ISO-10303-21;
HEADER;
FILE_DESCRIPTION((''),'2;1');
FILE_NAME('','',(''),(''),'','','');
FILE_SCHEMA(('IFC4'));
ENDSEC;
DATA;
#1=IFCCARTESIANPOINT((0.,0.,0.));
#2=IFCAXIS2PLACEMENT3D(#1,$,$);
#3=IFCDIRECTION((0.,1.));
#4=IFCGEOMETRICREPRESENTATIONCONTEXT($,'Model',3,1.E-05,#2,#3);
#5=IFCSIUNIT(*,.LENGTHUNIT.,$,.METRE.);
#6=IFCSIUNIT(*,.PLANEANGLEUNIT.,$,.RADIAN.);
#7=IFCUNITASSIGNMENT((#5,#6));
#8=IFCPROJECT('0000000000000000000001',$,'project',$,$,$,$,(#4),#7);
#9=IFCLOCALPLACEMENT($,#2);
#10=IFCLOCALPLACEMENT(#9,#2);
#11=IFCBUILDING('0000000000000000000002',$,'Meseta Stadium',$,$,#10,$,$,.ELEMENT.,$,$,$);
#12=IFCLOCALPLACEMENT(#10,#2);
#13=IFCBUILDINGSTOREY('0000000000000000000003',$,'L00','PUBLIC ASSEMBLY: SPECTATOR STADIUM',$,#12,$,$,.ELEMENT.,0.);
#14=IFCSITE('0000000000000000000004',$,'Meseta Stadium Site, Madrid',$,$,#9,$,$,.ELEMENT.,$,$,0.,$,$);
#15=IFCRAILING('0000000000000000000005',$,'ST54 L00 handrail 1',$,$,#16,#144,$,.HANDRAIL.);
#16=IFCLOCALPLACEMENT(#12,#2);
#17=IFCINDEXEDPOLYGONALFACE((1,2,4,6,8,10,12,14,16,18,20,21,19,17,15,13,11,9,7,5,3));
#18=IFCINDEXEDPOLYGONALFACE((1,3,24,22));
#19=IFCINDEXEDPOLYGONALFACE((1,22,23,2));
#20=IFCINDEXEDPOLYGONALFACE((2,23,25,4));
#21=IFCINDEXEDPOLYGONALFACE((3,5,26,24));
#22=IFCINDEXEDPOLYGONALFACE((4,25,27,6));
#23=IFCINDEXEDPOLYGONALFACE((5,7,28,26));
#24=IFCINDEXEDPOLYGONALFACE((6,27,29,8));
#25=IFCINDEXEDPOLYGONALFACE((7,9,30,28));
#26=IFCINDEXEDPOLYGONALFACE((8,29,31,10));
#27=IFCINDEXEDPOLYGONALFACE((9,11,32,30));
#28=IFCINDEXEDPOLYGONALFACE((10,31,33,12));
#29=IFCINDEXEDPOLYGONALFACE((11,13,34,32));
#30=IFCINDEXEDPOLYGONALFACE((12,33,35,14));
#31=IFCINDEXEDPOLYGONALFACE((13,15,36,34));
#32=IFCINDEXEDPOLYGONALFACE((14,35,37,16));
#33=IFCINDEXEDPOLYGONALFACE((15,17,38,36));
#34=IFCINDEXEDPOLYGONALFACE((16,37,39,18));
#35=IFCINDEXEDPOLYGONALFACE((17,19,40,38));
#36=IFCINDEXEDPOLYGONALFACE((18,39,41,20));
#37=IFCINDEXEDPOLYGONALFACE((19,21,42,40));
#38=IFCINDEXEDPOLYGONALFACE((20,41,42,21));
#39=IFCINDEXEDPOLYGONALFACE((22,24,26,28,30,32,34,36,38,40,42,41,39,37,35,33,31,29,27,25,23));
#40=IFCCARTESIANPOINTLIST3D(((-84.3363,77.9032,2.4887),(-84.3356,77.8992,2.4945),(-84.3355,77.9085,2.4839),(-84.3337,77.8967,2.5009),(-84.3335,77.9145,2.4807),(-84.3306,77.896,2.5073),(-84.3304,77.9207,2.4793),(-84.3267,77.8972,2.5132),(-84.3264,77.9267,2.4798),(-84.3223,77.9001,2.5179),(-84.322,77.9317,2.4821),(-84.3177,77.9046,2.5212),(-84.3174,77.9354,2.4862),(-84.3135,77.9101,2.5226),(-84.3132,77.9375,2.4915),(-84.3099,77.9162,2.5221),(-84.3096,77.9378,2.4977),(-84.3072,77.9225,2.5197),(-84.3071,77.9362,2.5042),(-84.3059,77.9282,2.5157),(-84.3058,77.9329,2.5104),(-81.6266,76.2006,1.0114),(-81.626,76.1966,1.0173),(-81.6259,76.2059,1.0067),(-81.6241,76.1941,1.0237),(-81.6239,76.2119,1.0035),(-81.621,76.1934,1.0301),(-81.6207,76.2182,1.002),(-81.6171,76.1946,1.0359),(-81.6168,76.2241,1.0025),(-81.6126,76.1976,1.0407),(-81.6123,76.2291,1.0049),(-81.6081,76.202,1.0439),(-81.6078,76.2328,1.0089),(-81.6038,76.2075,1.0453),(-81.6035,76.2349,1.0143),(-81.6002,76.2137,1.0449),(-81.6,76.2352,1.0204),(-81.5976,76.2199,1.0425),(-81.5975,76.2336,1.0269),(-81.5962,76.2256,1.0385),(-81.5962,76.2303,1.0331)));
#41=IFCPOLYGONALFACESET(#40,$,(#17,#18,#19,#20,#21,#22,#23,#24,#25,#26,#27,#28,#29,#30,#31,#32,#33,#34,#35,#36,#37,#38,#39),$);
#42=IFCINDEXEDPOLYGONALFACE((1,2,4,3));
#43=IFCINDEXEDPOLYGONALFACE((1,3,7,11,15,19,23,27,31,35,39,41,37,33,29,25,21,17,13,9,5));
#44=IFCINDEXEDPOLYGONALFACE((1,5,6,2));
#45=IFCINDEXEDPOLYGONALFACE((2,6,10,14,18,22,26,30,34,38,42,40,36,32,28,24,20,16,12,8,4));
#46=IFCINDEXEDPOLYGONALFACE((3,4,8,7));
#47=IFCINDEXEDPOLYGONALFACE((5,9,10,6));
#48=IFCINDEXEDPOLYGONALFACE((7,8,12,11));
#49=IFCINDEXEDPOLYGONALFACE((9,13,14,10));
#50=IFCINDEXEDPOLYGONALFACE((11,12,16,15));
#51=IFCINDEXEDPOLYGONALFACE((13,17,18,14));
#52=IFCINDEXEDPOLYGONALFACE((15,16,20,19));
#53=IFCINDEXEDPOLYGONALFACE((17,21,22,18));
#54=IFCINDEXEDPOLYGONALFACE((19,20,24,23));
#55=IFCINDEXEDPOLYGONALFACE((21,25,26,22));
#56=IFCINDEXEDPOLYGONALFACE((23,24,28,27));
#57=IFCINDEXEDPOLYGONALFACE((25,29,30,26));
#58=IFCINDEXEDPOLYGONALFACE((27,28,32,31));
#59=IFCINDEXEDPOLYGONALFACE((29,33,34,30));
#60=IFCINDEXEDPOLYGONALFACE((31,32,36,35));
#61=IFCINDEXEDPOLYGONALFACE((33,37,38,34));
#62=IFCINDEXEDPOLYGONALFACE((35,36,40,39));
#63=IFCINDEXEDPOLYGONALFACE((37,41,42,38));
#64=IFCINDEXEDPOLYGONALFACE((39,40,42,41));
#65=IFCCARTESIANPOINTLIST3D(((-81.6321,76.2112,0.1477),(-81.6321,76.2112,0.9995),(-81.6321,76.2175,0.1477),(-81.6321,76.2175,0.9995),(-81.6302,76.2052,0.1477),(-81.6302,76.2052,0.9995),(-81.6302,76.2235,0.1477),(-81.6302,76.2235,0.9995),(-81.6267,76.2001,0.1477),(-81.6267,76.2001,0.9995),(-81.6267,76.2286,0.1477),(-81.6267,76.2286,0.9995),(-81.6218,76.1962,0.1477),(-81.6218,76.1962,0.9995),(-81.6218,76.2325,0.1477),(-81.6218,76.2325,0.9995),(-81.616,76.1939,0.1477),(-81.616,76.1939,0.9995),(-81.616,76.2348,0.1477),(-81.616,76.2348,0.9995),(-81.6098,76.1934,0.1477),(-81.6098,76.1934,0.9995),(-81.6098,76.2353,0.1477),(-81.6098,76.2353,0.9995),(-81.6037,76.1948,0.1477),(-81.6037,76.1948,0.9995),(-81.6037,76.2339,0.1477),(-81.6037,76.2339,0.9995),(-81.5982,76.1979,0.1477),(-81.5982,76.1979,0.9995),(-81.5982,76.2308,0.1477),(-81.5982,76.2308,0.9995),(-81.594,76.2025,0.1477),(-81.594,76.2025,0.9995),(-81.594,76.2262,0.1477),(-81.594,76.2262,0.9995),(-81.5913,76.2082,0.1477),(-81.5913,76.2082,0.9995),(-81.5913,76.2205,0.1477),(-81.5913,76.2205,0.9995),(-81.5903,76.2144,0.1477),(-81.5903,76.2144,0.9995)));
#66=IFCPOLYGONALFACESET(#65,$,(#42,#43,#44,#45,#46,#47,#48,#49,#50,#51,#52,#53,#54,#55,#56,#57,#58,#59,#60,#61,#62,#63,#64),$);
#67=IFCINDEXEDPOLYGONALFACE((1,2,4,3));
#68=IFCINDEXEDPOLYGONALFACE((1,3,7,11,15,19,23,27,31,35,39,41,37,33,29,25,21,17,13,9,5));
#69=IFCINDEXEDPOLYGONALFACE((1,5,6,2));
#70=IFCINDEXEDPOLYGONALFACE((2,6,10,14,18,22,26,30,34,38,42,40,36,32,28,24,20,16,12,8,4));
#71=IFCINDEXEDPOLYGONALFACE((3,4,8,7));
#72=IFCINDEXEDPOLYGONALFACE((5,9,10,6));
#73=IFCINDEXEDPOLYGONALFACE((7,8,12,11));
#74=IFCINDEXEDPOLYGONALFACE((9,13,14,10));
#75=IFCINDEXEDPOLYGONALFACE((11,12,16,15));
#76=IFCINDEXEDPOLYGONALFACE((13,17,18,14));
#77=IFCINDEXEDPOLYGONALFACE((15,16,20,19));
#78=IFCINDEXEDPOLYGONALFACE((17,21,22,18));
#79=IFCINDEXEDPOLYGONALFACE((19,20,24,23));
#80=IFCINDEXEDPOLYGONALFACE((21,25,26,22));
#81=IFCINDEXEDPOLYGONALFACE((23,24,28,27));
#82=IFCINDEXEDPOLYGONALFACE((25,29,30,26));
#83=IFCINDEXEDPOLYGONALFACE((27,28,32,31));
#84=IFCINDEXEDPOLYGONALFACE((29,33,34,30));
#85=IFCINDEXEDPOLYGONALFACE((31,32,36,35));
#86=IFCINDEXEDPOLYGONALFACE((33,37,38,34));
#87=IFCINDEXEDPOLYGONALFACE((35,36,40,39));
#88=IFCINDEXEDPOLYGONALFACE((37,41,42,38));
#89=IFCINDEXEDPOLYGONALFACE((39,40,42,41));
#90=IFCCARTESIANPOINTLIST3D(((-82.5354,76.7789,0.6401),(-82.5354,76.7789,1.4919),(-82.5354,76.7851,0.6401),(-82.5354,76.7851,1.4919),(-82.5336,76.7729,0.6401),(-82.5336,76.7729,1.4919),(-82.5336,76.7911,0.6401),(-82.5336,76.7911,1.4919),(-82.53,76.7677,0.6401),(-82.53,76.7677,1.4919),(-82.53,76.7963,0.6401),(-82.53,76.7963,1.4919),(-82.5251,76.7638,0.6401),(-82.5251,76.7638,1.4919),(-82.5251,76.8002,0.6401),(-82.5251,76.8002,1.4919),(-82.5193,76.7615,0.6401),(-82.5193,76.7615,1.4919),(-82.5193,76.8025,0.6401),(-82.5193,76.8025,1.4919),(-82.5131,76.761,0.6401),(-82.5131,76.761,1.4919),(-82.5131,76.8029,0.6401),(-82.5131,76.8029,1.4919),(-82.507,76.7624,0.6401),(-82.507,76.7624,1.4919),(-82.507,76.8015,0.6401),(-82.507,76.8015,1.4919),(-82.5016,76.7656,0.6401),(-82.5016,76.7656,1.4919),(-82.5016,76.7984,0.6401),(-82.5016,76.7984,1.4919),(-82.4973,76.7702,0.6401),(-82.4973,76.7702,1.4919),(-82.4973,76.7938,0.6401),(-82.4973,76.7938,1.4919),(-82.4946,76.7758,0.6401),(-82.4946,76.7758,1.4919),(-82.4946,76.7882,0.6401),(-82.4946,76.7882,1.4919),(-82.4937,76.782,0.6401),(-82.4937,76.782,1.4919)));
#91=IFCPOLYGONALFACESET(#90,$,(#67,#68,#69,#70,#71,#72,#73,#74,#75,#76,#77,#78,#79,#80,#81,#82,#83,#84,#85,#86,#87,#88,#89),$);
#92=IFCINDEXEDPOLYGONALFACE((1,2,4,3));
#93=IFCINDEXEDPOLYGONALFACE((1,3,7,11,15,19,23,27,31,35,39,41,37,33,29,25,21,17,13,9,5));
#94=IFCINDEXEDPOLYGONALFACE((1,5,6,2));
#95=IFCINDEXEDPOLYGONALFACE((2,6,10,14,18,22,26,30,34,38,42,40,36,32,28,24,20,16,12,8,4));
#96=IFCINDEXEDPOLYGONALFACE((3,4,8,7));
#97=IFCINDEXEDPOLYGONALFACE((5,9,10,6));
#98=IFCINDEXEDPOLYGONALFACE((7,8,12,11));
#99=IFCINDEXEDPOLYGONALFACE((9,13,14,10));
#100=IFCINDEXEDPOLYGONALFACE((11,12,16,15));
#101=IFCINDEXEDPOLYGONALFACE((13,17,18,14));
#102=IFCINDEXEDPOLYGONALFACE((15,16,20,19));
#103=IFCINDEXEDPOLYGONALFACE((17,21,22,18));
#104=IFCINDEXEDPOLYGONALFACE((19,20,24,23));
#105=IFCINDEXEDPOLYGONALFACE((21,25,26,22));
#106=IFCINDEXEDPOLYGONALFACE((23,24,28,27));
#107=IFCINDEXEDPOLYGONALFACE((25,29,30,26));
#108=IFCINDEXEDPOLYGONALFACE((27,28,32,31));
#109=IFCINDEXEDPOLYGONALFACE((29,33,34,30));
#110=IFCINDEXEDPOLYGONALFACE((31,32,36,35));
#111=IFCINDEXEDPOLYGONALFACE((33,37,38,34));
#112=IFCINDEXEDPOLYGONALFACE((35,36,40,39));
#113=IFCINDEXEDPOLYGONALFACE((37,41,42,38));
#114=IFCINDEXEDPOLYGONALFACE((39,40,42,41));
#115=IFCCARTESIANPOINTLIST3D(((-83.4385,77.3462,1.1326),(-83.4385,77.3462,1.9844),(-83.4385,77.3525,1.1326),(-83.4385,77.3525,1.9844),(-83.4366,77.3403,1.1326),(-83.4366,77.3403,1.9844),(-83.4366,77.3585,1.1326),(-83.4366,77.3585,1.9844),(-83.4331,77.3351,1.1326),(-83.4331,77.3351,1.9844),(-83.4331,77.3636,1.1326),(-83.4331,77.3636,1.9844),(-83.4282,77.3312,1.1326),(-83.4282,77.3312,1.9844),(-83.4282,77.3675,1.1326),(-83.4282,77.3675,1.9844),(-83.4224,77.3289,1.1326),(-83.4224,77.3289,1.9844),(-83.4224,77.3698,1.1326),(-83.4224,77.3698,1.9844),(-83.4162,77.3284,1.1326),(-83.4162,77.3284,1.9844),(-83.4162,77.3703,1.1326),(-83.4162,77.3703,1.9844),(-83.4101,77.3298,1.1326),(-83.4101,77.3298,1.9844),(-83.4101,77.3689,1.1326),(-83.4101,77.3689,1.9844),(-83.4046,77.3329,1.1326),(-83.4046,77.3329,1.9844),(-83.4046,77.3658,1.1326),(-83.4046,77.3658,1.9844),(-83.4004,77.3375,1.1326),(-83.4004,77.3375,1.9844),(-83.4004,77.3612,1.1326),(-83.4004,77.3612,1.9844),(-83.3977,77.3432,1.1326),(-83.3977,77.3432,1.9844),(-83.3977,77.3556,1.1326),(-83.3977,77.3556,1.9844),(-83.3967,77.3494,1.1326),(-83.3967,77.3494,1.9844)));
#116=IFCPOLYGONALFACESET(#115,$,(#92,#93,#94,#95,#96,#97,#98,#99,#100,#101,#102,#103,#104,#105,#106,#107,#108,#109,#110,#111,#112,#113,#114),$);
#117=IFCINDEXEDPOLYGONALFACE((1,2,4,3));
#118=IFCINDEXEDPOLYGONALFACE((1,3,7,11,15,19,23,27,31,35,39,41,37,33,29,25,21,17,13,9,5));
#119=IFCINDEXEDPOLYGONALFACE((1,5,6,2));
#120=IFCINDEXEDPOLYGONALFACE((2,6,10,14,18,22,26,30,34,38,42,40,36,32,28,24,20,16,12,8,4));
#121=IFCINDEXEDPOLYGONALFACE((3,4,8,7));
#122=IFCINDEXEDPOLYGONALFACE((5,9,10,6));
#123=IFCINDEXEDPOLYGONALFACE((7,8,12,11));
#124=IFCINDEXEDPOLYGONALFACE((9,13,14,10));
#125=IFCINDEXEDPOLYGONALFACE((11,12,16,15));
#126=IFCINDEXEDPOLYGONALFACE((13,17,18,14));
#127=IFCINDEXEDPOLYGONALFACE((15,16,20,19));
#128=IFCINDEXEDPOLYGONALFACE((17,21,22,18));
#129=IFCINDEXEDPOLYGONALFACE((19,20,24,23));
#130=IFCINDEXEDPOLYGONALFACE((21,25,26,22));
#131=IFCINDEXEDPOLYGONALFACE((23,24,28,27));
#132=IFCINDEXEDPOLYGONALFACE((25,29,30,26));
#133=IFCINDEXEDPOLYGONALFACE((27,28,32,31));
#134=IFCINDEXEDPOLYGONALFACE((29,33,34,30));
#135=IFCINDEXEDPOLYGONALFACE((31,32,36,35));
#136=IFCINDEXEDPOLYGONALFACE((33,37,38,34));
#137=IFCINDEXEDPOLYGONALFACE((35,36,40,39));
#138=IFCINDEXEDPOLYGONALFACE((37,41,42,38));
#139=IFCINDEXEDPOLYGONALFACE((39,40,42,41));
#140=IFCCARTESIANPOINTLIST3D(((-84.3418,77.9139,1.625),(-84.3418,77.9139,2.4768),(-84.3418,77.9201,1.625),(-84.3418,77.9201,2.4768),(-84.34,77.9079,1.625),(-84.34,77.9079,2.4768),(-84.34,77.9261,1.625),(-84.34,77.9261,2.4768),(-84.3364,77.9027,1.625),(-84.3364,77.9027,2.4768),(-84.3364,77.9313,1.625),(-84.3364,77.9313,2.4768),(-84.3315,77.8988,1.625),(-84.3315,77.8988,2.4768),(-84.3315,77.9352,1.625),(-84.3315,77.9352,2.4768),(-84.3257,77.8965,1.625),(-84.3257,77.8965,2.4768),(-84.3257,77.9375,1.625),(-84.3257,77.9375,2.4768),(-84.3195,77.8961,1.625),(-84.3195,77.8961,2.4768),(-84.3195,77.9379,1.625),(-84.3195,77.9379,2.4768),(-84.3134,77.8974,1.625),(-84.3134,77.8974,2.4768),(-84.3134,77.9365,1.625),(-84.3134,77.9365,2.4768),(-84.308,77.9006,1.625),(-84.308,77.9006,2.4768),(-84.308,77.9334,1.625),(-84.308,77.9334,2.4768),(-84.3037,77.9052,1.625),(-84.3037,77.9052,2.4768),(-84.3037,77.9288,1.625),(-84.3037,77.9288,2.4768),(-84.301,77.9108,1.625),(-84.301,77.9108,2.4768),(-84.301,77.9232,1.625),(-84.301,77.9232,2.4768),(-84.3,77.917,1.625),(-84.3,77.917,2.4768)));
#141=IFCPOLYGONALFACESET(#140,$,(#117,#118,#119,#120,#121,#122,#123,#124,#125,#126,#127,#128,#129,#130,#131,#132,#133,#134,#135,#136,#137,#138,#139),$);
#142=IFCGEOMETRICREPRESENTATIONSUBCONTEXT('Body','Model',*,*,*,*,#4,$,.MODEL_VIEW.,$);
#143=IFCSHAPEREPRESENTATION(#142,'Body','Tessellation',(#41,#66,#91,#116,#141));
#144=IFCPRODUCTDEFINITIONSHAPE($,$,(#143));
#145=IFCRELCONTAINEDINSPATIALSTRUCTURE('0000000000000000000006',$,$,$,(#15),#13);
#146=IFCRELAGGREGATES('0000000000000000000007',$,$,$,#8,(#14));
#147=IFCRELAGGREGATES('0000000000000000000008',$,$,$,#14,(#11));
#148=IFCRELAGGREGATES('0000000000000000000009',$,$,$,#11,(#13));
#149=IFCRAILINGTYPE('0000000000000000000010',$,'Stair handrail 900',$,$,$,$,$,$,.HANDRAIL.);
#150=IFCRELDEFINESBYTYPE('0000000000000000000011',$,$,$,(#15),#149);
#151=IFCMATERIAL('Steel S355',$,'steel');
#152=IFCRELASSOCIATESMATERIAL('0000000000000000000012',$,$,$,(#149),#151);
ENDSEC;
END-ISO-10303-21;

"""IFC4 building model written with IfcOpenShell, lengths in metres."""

from ifc_helpers import new_model, si_unit, direction, frame, origin, origin_2d, place, context, subcontext, project, spatial, circle, extrude, material, type_object, element, save


model = new_model("IFC4")

# Units and contexts
model_context = context("Model", 3, precision=1e-05, world=origin(), true_north=direction((0.0, 1.0)))
body_context = subcontext(model_context, "Body", "Model", "MODEL_VIEW")
ifc_project = project(units=[si_unit("LENGTHUNIT", "METRE"), si_unit("PLANEANGLEUNIT", "RADIAN")], contexts=[model_context])

# Site, building, storey
site_placement = place(None, origin())
site = spatial("IfcSite", under=ifc_project, at=site_placement, Name="Meseta Stadium Site, Madrid", CompositionType="ELEMENT", RefElevation=0.0)
building_placement = place(site_placement, origin())
building = spatial("IfcBuilding", under=site, at=building_placement, Name="Meseta Stadium", CompositionType="ELEMENT")
storey_placement = place(building_placement, origin())
storey = spatial("IfcBuildingStorey", under=building, at=storey_placement, Name="L00", Description="PUBLIC ASSEMBLY: SPECTATOR STADIUM", CompositionType="ELEMENT", Elevation=0.0)

# Railing
ifc_material_1 = material(Name="Steel S355", Category="steel")
railing_type_1 = type_object("IfcRailingType", Name="Stair handrail 900", PredefinedType="HANDRAIL", material=ifc_material_1)
for number, where, name in (
    (1, (-81.6113, 76.2144, 0.1477), "ST54 L00 handrail 1"),
):
    element("IfcRailing", number, at=place(storey_placement, frame(where)), inside=storey, type_object=railing_type_1, Name=name, PredefinedType="HANDRAIL", context=body_context, shape_type="SweptSolid", body=[
        extrude(circle(Radius=0.0239, at=origin_2d()), frame((0.0, 0.0, 0.876), z_axis=(-0.768766, 0.48305, 0.419119), x_axis=(-0.532034, -0.846723, 0.0)), (0.0, 0.0, 1.0), 3.5247),
        extrude(circle(Radius=0.021, at=origin_2d()), origin(), (0.0, 0.0, 1.0), 0.8518),
        extrude(circle(Radius=0.021, at=origin_2d()), frame((-0.9033, 0.5676, 0.4924)), (0.0, 0.0, 1.0), 0.8518),
        extrude(circle(Radius=0.021, at=origin_2d()), frame((-1.8064, 1.135, 0.9849)), (0.0, 0.0, 1.0), 0.8518),
        extrude(circle(Radius=0.021, at=origin_2d()), frame((-2.7097, 1.7026, 1.4773)), (0.0, 0.0, 1.0), 0.8518),
    ])

save(model, "model.ifc")
